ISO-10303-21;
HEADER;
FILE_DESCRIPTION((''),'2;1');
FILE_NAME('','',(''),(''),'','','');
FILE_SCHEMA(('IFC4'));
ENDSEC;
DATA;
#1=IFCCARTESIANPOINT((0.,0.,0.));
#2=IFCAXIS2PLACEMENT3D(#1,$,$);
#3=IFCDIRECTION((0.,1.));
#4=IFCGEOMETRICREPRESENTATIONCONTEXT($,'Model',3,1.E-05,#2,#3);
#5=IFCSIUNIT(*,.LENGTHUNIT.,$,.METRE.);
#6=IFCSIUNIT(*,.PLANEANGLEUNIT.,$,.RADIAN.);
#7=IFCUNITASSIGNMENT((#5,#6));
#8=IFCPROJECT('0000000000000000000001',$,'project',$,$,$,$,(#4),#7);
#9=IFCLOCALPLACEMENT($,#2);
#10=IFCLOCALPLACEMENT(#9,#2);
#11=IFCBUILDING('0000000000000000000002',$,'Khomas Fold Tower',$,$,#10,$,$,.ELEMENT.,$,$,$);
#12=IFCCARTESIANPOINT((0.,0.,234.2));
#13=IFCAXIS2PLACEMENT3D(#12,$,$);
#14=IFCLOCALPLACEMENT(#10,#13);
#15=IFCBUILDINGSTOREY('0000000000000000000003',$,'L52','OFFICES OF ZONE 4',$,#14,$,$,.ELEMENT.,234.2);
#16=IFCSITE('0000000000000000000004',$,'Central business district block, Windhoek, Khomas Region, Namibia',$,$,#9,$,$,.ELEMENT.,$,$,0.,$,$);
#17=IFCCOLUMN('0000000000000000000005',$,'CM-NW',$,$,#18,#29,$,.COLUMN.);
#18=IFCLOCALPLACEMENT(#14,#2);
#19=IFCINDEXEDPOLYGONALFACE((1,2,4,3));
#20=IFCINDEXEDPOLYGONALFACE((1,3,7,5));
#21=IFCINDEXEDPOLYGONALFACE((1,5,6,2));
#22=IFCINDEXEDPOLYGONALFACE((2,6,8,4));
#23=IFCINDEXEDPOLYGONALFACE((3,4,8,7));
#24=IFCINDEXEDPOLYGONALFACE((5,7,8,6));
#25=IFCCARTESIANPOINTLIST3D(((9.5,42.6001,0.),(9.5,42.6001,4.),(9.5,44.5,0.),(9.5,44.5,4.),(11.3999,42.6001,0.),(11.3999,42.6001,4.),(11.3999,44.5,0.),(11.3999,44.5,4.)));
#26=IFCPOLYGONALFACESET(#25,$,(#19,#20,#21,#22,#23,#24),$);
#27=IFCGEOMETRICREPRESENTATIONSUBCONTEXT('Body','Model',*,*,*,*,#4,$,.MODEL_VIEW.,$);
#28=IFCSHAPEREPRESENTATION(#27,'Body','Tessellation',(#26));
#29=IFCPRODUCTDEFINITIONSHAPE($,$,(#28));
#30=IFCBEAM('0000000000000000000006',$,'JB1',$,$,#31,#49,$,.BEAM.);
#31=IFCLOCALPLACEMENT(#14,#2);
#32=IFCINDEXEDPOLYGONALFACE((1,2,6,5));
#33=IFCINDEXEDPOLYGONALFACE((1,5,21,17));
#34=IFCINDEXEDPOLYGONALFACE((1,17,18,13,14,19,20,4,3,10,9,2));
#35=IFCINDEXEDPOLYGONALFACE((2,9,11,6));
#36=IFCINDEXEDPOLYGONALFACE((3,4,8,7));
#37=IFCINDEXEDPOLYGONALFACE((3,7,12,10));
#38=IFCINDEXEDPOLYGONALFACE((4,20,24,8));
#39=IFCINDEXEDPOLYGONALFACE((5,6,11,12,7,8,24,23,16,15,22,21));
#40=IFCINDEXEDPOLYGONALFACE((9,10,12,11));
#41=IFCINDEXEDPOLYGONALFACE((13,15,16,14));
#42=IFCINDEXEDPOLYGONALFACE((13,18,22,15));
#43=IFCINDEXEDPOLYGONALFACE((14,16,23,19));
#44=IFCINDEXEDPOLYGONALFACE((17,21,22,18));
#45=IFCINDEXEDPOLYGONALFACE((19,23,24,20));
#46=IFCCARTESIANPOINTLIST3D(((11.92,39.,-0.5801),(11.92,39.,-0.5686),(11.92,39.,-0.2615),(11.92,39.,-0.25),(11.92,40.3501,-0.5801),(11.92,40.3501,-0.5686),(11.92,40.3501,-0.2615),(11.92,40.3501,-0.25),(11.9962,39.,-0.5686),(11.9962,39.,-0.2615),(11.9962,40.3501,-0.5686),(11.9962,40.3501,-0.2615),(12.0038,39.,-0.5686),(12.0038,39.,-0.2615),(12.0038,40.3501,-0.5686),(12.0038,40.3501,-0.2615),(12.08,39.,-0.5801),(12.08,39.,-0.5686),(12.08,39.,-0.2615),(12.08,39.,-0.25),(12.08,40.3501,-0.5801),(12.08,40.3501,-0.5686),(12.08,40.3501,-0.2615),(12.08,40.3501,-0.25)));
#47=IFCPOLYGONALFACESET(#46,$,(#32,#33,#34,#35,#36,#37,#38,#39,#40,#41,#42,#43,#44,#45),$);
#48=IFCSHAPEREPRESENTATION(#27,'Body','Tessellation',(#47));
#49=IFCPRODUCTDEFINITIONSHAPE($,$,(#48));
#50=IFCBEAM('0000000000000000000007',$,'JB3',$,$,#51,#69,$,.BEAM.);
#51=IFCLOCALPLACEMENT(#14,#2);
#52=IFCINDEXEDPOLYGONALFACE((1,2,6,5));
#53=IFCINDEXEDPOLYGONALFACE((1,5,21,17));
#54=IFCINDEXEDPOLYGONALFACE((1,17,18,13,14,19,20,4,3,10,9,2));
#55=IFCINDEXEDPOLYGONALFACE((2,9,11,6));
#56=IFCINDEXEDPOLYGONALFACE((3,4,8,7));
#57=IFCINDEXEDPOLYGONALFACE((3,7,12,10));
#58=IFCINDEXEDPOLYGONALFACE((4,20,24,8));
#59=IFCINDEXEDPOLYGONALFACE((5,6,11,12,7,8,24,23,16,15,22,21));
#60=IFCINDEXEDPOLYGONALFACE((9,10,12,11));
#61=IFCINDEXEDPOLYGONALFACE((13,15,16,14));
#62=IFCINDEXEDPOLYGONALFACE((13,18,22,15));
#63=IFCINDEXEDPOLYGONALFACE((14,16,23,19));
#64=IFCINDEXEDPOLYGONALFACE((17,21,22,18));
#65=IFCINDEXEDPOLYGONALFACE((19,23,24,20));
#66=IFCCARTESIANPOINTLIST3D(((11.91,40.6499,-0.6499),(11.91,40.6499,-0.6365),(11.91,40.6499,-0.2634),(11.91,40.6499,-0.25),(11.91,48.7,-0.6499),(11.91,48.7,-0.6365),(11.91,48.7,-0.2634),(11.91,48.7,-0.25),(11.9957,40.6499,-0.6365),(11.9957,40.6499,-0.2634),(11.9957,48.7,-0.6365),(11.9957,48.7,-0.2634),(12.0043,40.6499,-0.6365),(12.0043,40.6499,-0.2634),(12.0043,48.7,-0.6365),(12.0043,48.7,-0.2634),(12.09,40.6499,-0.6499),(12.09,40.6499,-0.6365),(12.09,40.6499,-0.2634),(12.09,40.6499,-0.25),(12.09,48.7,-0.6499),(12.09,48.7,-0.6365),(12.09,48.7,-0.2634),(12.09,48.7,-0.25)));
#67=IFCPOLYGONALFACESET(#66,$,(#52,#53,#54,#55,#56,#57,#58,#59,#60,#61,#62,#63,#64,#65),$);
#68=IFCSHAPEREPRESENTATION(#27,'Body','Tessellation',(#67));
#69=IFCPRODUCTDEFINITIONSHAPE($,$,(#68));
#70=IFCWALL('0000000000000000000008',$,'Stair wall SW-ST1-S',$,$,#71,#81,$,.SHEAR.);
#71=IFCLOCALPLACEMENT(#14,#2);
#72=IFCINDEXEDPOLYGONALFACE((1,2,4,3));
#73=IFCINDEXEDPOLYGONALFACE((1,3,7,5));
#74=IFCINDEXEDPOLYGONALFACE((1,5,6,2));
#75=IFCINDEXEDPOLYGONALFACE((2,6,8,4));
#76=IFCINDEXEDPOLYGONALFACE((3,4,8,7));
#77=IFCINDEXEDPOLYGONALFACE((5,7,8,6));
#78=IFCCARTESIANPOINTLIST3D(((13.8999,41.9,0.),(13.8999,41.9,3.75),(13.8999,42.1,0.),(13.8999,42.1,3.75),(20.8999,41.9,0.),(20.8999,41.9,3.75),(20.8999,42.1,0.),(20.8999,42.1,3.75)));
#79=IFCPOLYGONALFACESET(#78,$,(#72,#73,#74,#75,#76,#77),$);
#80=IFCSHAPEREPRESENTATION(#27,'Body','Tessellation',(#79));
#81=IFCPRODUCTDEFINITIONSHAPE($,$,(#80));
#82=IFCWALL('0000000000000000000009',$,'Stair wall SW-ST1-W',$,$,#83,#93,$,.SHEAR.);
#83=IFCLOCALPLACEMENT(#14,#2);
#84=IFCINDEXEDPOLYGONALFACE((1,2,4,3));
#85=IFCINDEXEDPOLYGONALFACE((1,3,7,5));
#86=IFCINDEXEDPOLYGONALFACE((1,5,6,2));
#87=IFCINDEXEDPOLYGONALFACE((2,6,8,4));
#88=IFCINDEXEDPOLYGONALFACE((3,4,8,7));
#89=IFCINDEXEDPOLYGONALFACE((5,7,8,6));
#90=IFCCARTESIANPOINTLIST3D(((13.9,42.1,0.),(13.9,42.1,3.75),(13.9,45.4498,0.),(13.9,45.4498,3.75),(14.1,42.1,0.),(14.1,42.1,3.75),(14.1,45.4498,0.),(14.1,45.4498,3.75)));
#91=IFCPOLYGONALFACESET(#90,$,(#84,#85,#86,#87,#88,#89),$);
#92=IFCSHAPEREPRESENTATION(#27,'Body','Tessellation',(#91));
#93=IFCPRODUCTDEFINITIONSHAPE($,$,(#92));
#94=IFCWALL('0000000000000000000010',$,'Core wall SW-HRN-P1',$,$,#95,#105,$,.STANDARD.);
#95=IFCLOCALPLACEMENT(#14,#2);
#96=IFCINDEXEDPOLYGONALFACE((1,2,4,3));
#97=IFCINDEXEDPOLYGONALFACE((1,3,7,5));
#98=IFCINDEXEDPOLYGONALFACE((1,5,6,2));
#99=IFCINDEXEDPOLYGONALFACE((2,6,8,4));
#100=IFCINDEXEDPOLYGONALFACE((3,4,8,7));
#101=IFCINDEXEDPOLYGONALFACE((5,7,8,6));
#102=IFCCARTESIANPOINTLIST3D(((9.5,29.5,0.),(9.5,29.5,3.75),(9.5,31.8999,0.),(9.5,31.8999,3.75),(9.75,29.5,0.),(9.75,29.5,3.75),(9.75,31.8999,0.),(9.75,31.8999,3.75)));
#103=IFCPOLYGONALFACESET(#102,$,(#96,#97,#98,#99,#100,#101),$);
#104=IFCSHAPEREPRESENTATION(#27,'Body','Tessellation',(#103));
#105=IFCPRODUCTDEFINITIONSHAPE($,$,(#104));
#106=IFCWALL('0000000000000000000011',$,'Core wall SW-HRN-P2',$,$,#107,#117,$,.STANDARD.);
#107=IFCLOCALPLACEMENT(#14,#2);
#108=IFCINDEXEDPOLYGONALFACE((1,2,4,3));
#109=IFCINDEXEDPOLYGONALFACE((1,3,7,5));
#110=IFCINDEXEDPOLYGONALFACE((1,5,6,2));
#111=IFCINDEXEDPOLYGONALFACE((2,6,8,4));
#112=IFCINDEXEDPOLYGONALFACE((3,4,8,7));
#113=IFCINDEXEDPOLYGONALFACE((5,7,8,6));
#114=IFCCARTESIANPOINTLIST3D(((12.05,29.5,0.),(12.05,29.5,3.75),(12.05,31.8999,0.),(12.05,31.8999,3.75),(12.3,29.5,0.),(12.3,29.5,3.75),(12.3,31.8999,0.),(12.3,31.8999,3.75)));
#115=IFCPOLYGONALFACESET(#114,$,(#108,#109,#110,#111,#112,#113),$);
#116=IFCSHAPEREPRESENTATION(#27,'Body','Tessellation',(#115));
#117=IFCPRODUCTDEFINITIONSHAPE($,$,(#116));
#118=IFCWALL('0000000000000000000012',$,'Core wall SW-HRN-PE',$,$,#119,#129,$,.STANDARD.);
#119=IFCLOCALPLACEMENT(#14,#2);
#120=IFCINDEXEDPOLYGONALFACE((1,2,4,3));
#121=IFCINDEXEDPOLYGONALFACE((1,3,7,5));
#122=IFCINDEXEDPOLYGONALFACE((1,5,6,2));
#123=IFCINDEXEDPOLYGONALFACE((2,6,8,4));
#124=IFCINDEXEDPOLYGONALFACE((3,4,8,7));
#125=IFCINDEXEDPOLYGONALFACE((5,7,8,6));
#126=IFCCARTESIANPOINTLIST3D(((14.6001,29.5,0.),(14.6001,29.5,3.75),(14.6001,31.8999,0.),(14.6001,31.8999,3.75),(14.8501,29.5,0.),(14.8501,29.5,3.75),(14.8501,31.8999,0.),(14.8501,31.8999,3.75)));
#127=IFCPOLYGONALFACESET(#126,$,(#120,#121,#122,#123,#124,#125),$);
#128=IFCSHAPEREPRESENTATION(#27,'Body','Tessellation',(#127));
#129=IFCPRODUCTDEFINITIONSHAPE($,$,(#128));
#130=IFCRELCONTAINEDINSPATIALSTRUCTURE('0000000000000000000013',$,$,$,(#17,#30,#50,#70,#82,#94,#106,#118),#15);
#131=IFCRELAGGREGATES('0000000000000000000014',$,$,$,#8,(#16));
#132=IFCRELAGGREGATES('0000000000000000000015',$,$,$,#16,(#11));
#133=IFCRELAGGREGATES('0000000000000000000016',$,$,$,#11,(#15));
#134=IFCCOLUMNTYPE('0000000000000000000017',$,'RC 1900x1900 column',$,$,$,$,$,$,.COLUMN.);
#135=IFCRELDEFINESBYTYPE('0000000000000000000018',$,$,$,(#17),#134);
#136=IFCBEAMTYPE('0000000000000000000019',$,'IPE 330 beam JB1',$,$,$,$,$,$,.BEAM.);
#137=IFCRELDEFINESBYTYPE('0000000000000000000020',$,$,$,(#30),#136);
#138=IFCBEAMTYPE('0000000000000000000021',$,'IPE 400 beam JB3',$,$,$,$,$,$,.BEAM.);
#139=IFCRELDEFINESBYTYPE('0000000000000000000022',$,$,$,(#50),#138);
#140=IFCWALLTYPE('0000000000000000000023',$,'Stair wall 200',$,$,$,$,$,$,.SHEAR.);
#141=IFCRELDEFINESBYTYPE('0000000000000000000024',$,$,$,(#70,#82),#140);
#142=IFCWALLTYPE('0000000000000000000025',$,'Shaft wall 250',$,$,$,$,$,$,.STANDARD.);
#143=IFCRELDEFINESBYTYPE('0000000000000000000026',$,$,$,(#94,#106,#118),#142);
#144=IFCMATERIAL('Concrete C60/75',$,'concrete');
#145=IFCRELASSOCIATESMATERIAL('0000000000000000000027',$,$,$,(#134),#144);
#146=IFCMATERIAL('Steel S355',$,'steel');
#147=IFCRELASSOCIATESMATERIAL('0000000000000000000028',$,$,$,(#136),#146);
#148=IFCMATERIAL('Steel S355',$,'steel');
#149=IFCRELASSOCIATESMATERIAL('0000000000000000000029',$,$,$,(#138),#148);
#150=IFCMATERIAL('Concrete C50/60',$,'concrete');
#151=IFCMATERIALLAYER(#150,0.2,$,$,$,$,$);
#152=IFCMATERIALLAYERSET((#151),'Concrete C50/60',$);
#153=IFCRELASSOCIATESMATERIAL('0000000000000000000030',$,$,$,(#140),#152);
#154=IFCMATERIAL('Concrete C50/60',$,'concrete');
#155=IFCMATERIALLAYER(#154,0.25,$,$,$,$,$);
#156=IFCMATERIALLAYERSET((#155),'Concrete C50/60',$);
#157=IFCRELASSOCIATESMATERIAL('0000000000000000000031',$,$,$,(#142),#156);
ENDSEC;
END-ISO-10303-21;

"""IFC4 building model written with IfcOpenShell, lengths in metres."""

from ifc_helpers import new_model, si_unit, direction, frame, frame_2d, origin, origin_2d, place, context, subcontext, project, spatial, rectangle, i_section, extrude, source, transform, mapped, material, layer, layer_set, material_profile, profile_set, type_object, element, save


model = new_model("IFC4")

# Units and contexts
model_context = context("Model", 3, precision=1e-05, world=origin(), true_north=direction((0.0, 1.0)))
body_context = subcontext(model_context, "Body", "Model", "MODEL_VIEW")
ifc_project = project(units=[si_unit("LENGTHUNIT", "METRE"), si_unit("PLANEANGLEUNIT", "RADIAN")], contexts=[model_context])

# Site, building, storey
site_placement = place(None, origin())
site = spatial("IfcSite", under=ifc_project, at=site_placement, Name="Central business district block, Windhoek, Khomas Region, Namibia", CompositionType="ELEMENT", RefElevation=0.0)
building_placement = place(site_placement, origin())
building = spatial("IfcBuilding", under=site, at=building_placement, Name="Khomas Fold Tower", CompositionType="ELEMENT")
storey_placement = place(building_placement, frame((0.0, 0.0, 234.2)))
storey = spatial("IfcBuildingStorey", under=building, at=storey_placement, Name="L52", Description="OFFICES OF ZONE 4", CompositionType="ELEMENT", Elevation=234.2)

# Column
ifc_material_1 = material(Name="Concrete C60/75", Category="concrete")
ifc_material_profile_1 = material_profile(ifc_material_1, rectangle(XDim=1.8999, YDim=1.8999, at=origin_2d()), Name="RC 1900x1900")
ifc_profile_set_1 = profile_set([ifc_material_profile_1], Name="Concrete C60/75")
column_type = type_object("IfcColumnType", Name="RC 1900x1900 column", PredefinedType="COLUMN", material=ifc_profile_set_1)
shared_shape_1 = source(origin(), body_context, "Body", "SweptSolid", [
    extrude(rectangle(XDim=1.8999, YDim=1.8999, at=origin_2d()), origin(), (0.0, 0.0, 1.0), 4.0),
])
column_placement = place(storey_placement, frame((10.45, 43.55, 0.0), z_axis=(0.0, 0.0, 1.0), x_axis=(1.0, 0.0, 0.0)))
element("IfcColumn", 1, at=column_placement, inside=storey, type_object=column_type, Name="CM-NW", PredefinedType="COLUMN", context=body_context, shape_type="MappedRepresentation", body=[
    mapped(shared_shape_1, transform((0.0, 0.0, 0.0))),
])

# Beams
ifc_material_2 = material(Name="Steel S355", Category="steel")
ifc_material_profile_2 = material_profile(ifc_material_2, i_section(OverallWidth=0.1599, OverallDepth=0.3301, WebThickness=0.0076, FlangeThickness=0.0115, at=origin_2d()), Name="IPE 330")
ifc_profile_set_2 = profile_set([ifc_material_profile_2], Name="Steel S355")
beam_type_1 = type_object("IfcBeamType", Name="IPE 330 beam JB1", PredefinedType="BEAM", material=ifc_profile_set_2)
shared_shape_2 = source(origin(), body_context, "Body", "SweptSolid", [
    extrude(i_section(OverallWidth=0.1599, OverallDepth=0.3301, WebThickness=0.0076, FlangeThickness=0.0115, at=origin_2d()), origin(), (0.0, 0.0, 1.0), 1.3501),
])
beam_1_placement = place(storey_placement, frame((12.0, 39.0, -0.415), z_axis=(0.0, 1.0, 0.0), x_axis=(-1.0, 0.0, 0.0)))
element("IfcBeam", 2, at=beam_1_placement, inside=storey, type_object=beam_type_1, Name="JB1", PredefinedType="BEAM", context=body_context, shape_type="MappedRepresentation", body=[
    mapped(shared_shape_2, transform((0.0, 0.0, 0.0))),
])
ifc_material_3 = material(Name="Steel S355", Category="steel")
ifc_material_profile_3 = material_profile(ifc_material_3, i_section(OverallWidth=0.1799, OverallDepth=0.3999, WebThickness=0.0085, FlangeThickness=0.0134, at=origin_2d()), Name="IPE 400")
ifc_profile_set_3 = profile_set([ifc_material_profile_3], Name="Steel S355")
beam_type_2 = type_object("IfcBeamType", Name="IPE 400 beam JB3", PredefinedType="BEAM", material=ifc_profile_set_3)
shared_shape_3 = source(origin(), body_context, "Body", "SweptSolid", [
    extrude(i_section(OverallWidth=0.1799, OverallDepth=0.3999, WebThickness=0.0085, FlangeThickness=0.0134, at=origin_2d()), origin(), (0.0, 0.0, 1.0), 8.05),
])
beam_2_placement = place(storey_placement, frame((12.0, 40.6499, -0.45), z_axis=(0.0, 1.0, 0.0), x_axis=(-1.0, 0.0, 0.0)))
element("IfcBeam", 3, at=beam_2_placement, inside=storey, type_object=beam_type_2, Name="JB3", PredefinedType="BEAM", context=body_context, shape_type="MappedRepresentation", body=[
    mapped(shared_shape_3, transform((0.0, 0.0, 0.0))),
])

# Walls
ifc_material_4 = material(Name="Concrete C50/60", Category="concrete")
ifc_layer_1 = layer(ifc_material_4, 0.2)
ifc_layer_set_1 = layer_set([ifc_layer_1], Name="Concrete C50/60")
wall_type_1 = type_object("IfcWallType", Name="Stair wall 200", PredefinedType="SHEAR", material=ifc_layer_set_1)
shared_shape_4 = source(origin(), body_context, "Body", "SweptSolid", [
    extrude(rectangle(XDim=7.0, YDim=0.2, at=frame_2d((3.5, 0.0))), origin(), (0.0, 0.0, 1.0), 3.75),
])
wall_1_placement = place(storey_placement, frame((13.8999, 42.0, 0.0), z_axis=(0.0, 0.0, 1.0), x_axis=(1.0, 0.0, 0.0)))
element("IfcWall", 4, at=wall_1_placement, inside=storey, type_object=wall_type_1, Name="Stair wall SW-ST1-S", PredefinedType="SHEAR", context=body_context, shape_type="MappedRepresentation", body=[
    mapped(shared_shape_4, transform((0.0, 0.0, 0.0))),
])
shared_shape_5 = source(origin(), body_context, "Body", "SweptSolid", [
    extrude(rectangle(XDim=3.3499, YDim=0.2, at=frame_2d((1.6748, 0.0))), origin(), (0.0, 0.0, 1.0), 3.75),
])
wall_2_placement = place(storey_placement, frame((14.0, 42.1001, 0.0), z_axis=(0.0, 0.0, 1.0), x_axis=(0.0, 1.0, 0.0)))
element("IfcWall", 5, at=wall_2_placement, inside=storey, type_object=wall_type_1, Name="Stair wall SW-ST1-W", PredefinedType="SHEAR", context=body_context, shape_type="MappedRepresentation", body=[
    mapped(shared_shape_5, transform((0.0, 0.0, 0.0))),
])
ifc_material_5 = material(Name="Concrete C50/60", Category="concrete")
ifc_layer_2 = layer(ifc_material_5, 0.25)
ifc_layer_set_2 = layer_set([ifc_layer_2], Name="Concrete C50/60")
wall_type_2 = type_object("IfcWallType", Name="Shaft wall 250", PredefinedType="STANDARD", material=ifc_layer_set_2)
shared_shape_6 = source(origin(), body_context, "Body", "SweptSolid", [
    extrude(rectangle(XDim=2.3999, YDim=0.25, at=frame_2d((1.2, 0.0))), origin(), (0.0, 0.0, 1.0), 3.75),
])
for number, where, z_axis, x_axis, name in (
    (6, (9.625, 29.5, 0.0), (0.0, 0.0, 1.0), (0.0, 1.0, 0.0), "Core wall SW-HRN-P1"),
    (7, (12.175, 29.5, 0.0), (0.0, 0.0, 1.0), (0.0, 1.0, 0.0), "Core wall SW-HRN-P2"),
    (8, (14.7251, 29.5, 0.0), (0.0, 0.0, 1.0), (0.0, 1.0, 0.0), "Core wall SW-HRN-PE"),
):
    element("IfcWall", number, at=place(storey_placement, frame(where, z_axis=z_axis, x_axis=x_axis)), inside=storey, type_object=wall_type_2, Name=name, PredefinedType="STANDARD", context=body_context, shape_type="MappedRepresentation", body=[
        mapped(shared_shape_6, transform((0.0, 0.0, 0.0))),
    ])

save(model, "model.ifc")
